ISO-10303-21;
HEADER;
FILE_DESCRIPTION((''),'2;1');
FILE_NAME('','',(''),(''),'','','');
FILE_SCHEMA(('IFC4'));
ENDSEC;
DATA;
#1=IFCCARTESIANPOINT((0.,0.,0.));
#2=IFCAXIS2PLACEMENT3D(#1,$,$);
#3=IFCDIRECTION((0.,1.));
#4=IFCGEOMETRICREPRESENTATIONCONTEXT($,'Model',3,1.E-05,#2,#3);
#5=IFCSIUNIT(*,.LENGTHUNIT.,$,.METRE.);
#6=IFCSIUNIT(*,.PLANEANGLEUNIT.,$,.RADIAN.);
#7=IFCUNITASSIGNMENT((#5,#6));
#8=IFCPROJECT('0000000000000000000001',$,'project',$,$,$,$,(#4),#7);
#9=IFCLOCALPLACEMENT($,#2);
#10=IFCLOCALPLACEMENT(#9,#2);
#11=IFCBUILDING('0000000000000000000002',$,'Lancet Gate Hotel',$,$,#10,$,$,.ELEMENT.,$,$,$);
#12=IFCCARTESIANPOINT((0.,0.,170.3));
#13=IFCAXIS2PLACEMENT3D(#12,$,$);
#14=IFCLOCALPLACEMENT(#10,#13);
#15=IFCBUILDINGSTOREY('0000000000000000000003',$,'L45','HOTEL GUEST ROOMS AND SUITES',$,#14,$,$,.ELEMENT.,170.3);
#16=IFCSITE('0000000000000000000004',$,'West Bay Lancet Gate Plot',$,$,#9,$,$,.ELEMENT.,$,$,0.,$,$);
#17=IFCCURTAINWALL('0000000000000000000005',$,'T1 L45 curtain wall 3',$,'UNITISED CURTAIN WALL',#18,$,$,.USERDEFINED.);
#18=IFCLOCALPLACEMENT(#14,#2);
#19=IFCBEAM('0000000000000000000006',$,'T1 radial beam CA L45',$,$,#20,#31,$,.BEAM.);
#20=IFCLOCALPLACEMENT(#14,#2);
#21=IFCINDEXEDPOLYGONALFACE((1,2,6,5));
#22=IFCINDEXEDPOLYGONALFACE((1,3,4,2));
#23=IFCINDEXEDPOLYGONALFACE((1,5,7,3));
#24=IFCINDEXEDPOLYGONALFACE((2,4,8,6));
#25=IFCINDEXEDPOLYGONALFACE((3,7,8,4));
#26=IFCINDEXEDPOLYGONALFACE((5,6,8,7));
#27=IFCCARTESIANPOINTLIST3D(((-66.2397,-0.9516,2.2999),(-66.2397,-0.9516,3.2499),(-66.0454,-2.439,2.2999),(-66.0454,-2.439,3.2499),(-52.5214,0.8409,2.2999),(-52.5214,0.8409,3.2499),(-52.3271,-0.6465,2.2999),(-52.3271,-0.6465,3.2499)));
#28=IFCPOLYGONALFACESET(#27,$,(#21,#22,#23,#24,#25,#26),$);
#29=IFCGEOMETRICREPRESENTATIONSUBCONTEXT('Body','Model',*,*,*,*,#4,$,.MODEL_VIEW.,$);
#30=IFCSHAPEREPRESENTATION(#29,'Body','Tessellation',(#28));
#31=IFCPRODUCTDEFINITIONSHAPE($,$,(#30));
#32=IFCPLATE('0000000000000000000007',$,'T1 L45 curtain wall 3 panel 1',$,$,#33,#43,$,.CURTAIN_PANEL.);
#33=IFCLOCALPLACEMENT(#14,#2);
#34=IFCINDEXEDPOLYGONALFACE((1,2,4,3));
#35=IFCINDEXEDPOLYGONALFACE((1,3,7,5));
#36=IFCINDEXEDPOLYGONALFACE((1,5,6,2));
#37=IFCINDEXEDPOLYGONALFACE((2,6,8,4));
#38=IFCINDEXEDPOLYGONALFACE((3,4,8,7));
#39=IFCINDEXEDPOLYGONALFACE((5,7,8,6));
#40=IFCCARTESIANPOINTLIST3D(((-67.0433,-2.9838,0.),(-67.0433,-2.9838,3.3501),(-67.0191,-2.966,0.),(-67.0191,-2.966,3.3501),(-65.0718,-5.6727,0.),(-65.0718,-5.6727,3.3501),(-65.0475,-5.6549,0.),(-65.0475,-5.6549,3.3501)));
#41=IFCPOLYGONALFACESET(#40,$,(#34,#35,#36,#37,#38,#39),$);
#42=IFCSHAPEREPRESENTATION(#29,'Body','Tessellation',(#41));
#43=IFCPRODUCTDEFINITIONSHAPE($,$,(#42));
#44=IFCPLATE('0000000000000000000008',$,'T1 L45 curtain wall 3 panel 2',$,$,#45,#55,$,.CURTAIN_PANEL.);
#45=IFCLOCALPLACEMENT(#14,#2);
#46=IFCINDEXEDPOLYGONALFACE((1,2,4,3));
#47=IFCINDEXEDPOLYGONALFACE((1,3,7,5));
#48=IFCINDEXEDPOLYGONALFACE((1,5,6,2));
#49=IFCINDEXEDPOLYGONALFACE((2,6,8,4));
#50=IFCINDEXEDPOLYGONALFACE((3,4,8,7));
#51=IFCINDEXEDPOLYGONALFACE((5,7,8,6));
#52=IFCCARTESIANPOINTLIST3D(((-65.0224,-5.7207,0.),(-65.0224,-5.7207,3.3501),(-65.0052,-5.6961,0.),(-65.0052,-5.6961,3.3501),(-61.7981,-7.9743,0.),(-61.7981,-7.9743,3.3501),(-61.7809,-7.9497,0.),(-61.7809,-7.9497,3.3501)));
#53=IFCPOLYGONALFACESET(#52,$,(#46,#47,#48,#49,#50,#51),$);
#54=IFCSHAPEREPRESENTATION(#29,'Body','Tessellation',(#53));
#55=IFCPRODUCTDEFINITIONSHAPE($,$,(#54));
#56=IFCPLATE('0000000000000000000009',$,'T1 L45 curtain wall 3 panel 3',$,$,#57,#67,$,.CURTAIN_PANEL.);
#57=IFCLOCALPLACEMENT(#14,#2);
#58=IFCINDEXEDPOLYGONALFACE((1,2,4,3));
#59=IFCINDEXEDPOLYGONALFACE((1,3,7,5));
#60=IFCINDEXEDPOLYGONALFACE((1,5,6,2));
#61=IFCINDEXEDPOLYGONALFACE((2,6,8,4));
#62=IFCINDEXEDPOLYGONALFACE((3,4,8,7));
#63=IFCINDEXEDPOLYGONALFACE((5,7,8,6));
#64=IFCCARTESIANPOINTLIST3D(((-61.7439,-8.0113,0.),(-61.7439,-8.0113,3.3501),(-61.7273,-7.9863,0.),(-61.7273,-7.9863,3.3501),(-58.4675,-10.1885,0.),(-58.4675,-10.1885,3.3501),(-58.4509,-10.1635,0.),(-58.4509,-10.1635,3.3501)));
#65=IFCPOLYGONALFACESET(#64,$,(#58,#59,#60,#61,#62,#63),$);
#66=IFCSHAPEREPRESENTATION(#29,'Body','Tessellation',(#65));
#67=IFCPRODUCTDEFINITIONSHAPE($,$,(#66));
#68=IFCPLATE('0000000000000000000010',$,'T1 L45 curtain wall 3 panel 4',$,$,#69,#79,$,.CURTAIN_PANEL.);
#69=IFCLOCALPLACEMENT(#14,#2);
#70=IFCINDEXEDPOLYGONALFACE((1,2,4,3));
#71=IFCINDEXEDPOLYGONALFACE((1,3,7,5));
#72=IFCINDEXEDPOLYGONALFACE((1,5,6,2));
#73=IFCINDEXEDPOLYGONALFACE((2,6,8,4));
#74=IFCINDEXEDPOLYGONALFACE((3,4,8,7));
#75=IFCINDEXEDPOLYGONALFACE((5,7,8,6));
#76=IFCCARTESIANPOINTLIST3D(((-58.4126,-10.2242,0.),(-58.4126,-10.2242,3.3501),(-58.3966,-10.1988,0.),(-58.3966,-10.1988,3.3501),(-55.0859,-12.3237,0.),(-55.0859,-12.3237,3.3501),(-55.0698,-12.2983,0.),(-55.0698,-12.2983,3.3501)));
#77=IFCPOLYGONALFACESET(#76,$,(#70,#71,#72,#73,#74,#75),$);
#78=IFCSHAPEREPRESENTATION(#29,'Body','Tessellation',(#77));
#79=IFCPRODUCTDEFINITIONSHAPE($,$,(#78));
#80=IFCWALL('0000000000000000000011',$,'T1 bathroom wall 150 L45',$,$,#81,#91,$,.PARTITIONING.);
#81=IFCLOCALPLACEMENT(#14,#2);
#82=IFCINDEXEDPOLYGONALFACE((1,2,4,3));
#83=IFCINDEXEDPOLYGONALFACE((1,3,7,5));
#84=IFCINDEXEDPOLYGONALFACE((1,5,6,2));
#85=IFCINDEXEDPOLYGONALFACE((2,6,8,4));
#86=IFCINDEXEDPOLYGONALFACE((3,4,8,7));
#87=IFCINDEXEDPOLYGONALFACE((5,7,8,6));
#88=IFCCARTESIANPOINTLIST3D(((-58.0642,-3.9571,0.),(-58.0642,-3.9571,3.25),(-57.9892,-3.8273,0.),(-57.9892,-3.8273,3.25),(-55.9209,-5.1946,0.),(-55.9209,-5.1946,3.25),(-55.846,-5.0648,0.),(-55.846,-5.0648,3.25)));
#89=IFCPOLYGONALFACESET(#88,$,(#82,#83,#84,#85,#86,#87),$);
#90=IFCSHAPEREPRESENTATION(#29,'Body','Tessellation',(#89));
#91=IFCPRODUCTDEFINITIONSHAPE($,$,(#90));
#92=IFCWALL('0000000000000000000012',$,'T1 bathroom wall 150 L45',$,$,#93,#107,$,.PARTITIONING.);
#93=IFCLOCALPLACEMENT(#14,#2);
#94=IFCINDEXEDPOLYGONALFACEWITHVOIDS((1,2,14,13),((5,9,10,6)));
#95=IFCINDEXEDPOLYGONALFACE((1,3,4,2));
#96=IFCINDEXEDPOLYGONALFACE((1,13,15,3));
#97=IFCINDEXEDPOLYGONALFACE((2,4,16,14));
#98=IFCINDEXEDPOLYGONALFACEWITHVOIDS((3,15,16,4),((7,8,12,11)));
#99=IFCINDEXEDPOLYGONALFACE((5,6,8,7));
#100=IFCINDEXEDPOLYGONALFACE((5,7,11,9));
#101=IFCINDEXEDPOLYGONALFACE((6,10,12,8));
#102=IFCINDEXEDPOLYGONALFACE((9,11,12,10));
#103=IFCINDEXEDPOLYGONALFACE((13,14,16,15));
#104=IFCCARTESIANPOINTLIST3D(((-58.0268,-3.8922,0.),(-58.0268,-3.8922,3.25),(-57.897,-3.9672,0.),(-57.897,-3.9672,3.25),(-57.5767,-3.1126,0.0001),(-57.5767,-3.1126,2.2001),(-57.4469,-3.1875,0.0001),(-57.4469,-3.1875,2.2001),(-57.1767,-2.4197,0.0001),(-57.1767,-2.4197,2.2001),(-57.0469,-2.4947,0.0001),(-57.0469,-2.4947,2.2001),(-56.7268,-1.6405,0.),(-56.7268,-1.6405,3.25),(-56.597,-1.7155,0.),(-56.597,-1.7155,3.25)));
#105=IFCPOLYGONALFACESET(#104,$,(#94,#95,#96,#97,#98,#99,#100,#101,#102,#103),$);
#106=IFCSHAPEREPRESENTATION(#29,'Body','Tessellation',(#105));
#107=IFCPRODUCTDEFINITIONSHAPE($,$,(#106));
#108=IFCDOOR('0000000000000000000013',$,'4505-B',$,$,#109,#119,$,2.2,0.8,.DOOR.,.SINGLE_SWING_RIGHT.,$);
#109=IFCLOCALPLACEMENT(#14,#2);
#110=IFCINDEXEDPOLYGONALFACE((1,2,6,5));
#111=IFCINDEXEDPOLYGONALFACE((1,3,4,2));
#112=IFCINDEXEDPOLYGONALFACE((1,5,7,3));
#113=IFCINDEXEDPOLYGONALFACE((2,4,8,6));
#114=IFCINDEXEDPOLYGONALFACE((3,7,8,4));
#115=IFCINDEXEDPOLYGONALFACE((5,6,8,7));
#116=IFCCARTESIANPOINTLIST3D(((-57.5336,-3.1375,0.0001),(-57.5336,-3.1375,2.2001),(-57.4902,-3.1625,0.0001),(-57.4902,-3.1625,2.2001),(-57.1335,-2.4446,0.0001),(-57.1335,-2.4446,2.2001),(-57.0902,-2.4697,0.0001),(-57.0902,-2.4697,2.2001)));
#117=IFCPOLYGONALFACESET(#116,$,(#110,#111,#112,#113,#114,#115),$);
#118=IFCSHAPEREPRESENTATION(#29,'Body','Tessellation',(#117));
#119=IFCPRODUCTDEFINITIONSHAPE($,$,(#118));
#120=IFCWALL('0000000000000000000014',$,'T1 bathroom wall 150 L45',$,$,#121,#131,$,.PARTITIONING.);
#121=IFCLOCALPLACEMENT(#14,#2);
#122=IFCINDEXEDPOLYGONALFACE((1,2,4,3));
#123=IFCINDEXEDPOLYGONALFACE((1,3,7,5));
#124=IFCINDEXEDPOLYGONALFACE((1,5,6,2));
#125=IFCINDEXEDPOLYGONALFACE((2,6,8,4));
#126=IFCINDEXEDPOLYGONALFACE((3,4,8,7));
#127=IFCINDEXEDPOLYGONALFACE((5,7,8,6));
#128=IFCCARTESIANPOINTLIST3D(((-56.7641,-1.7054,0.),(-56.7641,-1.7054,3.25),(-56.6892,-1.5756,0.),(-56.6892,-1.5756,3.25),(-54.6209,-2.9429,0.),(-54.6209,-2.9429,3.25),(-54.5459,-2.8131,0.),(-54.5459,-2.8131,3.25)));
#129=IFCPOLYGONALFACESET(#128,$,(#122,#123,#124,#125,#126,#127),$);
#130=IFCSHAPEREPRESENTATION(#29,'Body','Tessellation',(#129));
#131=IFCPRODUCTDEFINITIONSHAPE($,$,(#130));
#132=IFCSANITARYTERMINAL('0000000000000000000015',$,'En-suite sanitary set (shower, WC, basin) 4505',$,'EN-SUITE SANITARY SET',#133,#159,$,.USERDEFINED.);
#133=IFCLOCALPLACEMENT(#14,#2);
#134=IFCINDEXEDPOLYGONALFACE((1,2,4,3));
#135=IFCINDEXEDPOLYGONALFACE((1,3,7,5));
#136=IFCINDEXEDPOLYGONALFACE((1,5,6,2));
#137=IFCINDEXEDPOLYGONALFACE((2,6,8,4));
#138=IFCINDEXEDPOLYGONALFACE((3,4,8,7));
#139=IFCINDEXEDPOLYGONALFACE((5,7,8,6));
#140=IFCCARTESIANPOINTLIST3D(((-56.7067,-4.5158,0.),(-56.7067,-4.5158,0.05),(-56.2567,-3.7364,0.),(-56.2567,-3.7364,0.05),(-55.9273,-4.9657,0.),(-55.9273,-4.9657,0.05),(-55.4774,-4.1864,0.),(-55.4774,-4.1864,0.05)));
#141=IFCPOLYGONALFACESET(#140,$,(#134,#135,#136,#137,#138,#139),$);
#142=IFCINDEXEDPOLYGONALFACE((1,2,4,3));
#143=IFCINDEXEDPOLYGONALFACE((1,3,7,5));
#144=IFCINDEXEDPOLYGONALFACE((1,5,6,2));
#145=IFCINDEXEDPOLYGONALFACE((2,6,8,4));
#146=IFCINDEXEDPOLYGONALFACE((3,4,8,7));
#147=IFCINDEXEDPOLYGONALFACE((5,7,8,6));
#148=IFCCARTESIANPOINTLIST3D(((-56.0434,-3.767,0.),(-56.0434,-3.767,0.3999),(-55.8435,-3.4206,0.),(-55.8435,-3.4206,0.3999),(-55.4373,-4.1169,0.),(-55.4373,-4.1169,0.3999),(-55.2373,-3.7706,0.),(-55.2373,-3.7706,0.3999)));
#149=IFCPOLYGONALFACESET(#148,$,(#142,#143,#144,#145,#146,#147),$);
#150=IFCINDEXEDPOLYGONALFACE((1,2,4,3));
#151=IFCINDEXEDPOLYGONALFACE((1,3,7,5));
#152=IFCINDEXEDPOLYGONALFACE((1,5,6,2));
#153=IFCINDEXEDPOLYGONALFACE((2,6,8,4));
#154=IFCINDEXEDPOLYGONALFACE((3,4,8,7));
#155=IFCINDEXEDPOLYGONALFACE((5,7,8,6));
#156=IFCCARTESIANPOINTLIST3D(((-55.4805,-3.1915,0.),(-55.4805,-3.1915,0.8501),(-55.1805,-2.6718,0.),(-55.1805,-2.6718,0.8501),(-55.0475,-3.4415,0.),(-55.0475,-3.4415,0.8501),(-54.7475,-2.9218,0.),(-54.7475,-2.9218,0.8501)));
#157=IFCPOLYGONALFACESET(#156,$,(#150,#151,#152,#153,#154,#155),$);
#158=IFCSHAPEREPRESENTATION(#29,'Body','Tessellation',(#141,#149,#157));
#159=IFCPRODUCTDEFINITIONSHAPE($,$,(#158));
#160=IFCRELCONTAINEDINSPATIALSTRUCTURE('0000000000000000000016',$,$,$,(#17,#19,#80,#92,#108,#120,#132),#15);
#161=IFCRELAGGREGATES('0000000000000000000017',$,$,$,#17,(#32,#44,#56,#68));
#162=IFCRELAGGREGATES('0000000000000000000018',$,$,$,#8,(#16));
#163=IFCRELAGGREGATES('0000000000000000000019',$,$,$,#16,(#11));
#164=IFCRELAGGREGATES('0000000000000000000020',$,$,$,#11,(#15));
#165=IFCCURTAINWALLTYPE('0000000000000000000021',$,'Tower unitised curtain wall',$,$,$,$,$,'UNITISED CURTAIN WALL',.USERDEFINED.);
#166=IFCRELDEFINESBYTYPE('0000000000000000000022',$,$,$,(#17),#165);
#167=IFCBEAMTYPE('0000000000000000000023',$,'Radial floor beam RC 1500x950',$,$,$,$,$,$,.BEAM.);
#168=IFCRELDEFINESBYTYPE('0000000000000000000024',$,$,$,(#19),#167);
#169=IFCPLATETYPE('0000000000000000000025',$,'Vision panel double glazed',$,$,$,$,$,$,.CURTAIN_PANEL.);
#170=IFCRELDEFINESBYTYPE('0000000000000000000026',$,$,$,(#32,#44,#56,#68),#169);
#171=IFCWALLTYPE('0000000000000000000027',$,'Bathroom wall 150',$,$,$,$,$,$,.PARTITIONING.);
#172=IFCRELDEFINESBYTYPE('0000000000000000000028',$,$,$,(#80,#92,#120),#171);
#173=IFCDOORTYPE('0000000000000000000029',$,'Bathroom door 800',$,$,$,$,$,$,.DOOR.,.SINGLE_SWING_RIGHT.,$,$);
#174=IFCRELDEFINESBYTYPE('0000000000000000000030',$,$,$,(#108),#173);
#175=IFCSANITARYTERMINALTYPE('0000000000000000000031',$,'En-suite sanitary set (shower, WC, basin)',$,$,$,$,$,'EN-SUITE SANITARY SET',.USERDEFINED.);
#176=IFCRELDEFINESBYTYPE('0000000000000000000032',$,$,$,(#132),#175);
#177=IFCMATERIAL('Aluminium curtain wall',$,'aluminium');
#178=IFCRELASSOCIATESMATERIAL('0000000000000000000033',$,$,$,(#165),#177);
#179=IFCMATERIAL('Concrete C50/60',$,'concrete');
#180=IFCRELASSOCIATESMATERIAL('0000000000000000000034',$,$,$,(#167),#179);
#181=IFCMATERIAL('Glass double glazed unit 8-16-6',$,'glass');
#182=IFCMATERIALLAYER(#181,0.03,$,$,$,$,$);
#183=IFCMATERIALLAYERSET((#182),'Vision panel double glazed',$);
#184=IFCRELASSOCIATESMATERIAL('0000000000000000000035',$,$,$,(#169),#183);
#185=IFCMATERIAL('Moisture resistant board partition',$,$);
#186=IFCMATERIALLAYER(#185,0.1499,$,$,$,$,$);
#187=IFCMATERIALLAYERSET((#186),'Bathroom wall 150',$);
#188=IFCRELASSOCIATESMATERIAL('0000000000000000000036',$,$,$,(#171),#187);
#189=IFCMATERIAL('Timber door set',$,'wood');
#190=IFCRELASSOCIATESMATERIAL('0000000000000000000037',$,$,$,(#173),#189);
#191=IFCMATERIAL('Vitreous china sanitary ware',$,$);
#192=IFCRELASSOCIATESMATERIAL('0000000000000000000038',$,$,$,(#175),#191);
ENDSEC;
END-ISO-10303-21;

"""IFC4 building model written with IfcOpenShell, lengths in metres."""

from ifc_helpers import new_model, si_unit, direction, frame, frame_2d, origin, origin_2d, place, context, subcontext, project, spatial, rectangle, extrude, material, layer, layer_set, material_profile, profile_set, type_object, element, fill, aggregate, save


model = new_model("IFC4")

# Units and contexts
model_context = context("Model", 3, precision=1e-05, world=origin(), true_north=direction((0.0, 1.0)))
body_context = subcontext(model_context, "Body", "Model", "MODEL_VIEW")
ifc_project = project(units=[si_unit("LENGTHUNIT", "METRE"), si_unit("PLANEANGLEUNIT", "RADIAN")], contexts=[model_context])

# Site, building, storey
site_placement = place(None, origin())
site = spatial("IfcSite", under=ifc_project, at=site_placement, Name="West Bay Lancet Gate Plot", CompositionType="ELEMENT", RefElevation=0.0)
building_placement = place(site_placement, origin())
building = spatial("IfcBuilding", under=site, at=building_placement, Name="Lancet Gate Hotel", CompositionType="ELEMENT")
storey_placement = place(building_placement, frame((0.0, 0.0, 170.3)))
storey = spatial("IfcBuildingStorey", under=building, at=storey_placement, Name="L45", Description="HOTEL GUEST ROOMS AND SUITES", CompositionType="ELEMENT", Elevation=170.3)

# Shared definitions
ifc_material_1 = material(Name="Aluminium curtain wall", Category="aluminium")
curtain_wall_type = type_object("IfcCurtainWallType", Name="Tower unitised curtain wall", ElementType="UNITISED CURTAIN WALL", PredefinedType="USERDEFINED", material=ifc_material_1)

# Curtain wall
curtain_wall_1_placement = place(storey_placement, origin())
curtain_wall_1 = element("IfcCurtainWall", 1, at=curtain_wall_1_placement, inside=storey, type_object=curtain_wall_type, Name="T1 L45 curtain wall 3", ObjectType="UNITISED CURTAIN WALL", PredefinedType="USERDEFINED")

# Beam
ifc_material_2 = material(Name="Concrete C50/60", Category="concrete")
ifc_material_profile_1 = material_profile(ifc_material_2, rectangle(XDim=1.5, YDim=0.95, at=origin_2d()), Name="RC 1500x950")
ifc_profile_set_1 = profile_set([ifc_material_profile_1], Name="Concrete C50/60")
beam_type_1 = type_object("IfcBeamType", Name="Radial floor beam RC 1500x950", PredefinedType="BEAM", material=ifc_profile_set_1)
beam_1_placement = place(storey_placement, frame((-66.1426, -1.6953, 2.7749), z_axis=(0.991571, 0.129562, 0.0), x_axis=(-0.129562, 0.991571, 0.0)))
element("IfcBeam", 2, at=beam_1_placement, inside=storey, type_object=beam_type_1, Name="T1 radial beam CA L45", PredefinedType="BEAM", context=body_context, shape_type="SweptSolid", body=[
    extrude(rectangle(XDim=1.5, YDim=0.95, at=origin_2d()), origin(), (0.0, 0.0, 1.0), 13.835),
])

# Plates
ifc_material_3 = material(Name="Glass double glazed unit 8-16-6", Category="glass")
ifc_layer_1 = layer(ifc_material_3, 0.03)
ifc_layer_set_1 = layer_set([ifc_layer_1], Name="Vision panel double glazed")
plate_type = type_object("IfcPlateType", Name="Vision panel double glazed", PredefinedType="CURTAIN_PANEL", material=ifc_layer_set_1)
plate_1_placement = place(storey_placement, frame((-66.0454, -4.3193, 0.0), z_axis=(0.0, 0.0, 1.0), x_axis=(0.5913, -0.806452, 0.0)))
plate_1 = element("IfcPlate", 3, at=plate_1_placement, type_object=plate_type, Name="T1 L45 curtain wall 3 panel 1", PredefinedType="CURTAIN_PANEL", context=body_context, shape_type="SweptSolid", body=[
    extrude(rectangle(XDim=3.3342, YDim=0.03, at=origin_2d()), origin(), (0.0, 0.0, 1.0), 3.3501),
])
plate_2_placement = place(storey_placement, frame((-63.4016, -6.8352, 0.0), z_axis=(0.0, 0.0, 1.0), x_axis=(0.819631, -0.572892, 0.0)))
plate_2 = element("IfcPlate", 4, at=plate_2_placement, type_object=plate_type, Name="T1 L45 curtain wall 3 panel 2", PredefinedType="CURTAIN_PANEL", context=body_context, shape_type="SweptSolid", body=[
    extrude(rectangle(XDim=3.9338, YDim=0.03, at=origin_2d()), origin(), (0.0, 0.0, 1.0), 3.3501),
])
plate_3_placement = place(storey_placement, frame((-60.0974, -9.0874, 0.0), z_axis=(0.0, 0.0, 1.0), x_axis=(0.832879, -0.553455, 0.0)))
plate_3 = element("IfcPlate", 5, at=plate_3_placement, type_object=plate_type, Name="T1 L45 curtain wall 3 panel 3", PredefinedType="CURTAIN_PANEL", context=body_context, shape_type="SweptSolid", body=[
    extrude(rectangle(XDim=3.9338, YDim=0.03, at=origin_2d()), origin(), (0.0, 0.0, 1.0), 3.3501),
])
plate_4_placement = place(storey_placement, frame((-56.7412, -11.2612, 0.0), z_axis=(0.0, 0.0, 1.0), x_axis=(0.845667, -0.533711, 0.0)))
plate_4 = element("IfcPlate", 6, at=plate_4_placement, type_object=plate_type, Name="T1 L45 curtain wall 3 panel 4", PredefinedType="CURTAIN_PANEL", context=body_context, shape_type="SweptSolid", body=[
    extrude(rectangle(XDim=3.9338, YDim=0.03, at=origin_2d()), origin(), (0.0, 0.0, 1.0), 3.3501),
])
aggregate(curtain_wall_1, [plate_1, plate_2, plate_3, plate_4])

# Wall
ifc_material_4 = material(Name="Moisture resistant board partition")
ifc_layer_2 = layer(ifc_material_4, 0.1499)
ifc_layer_set_2 = layer_set([ifc_layer_2], Name="Bathroom wall 150")
wall_type = type_object("IfcWallType", Name="Bathroom wall 150", PredefinedType="PARTITIONING", material=ifc_layer_set_2)
wall_1_placement = place(storey_placement, frame((-55.8835, -5.1296, 0.0), z_axis=(0.0, 0.0, 1.0), x_axis=(-0.866007, 0.500033, 0.0)))
element("IfcWall", 7, at=wall_1_placement, inside=storey, type_object=wall_type, Name="T1 bathroom wall 150 L45", PredefinedType="PARTITIONING", context=body_context, shape_type="SweptSolid", body=[
    extrude(rectangle(XDim=2.4749, YDim=0.1499, at=frame_2d((1.2373, 0.0))), origin(), (0.0, 0.0, 1.0), 3.25),
])

# Wall, opening, door
wall_2_placement = place(storey_placement, frame((-56.6619, -1.678, 0.0), z_axis=(0.0, 0.0, 1.0), x_axis=(-0.500007, -0.866021, 0.0)))
wall_2 = element("IfcWall", 8, at=wall_2_placement, inside=storey, type_object=wall_type, Name="T1 bathroom wall 150 L45", PredefinedType="PARTITIONING", context=body_context, shape_type="SweptSolid", body=[
    extrude(rectangle(XDim=2.6001, YDim=0.1499, at=frame_2d((1.3, 0.0))), origin(), (0.0, 0.0, 1.0), 3.25),
])
opening_placement = place(wall_2_placement, frame((0.8999, 0.0, 0.0)))
opening = element("IfcOpeningElement", 9, at=opening_placement, cuts=wall_2, PredefinedType="OPENING", context=body_context, shape_type="SweptSolid", body=[
    extrude(rectangle(XDim=0.8, YDim=2.2, at=frame_2d((0.3999, 1.1001))), frame((0.0, 0.085, 0.0), z_axis=(0.0, -1.0, 0.0), x_axis=(1.0, 0.0, 0.0)), (0.0, 0.0, 1.0), 0.1699),
])
ifc_material_5 = material(Name="Timber door set", Category="wood")
door_type = type_object("IfcDoorType", Name="Bathroom door 800", OperationType="SINGLE_SWING_RIGHT", PredefinedType="DOOR", material=ifc_material_5)
door_placement = place(opening_placement, origin())
door = element("IfcDoor", 10, at=door_placement, inside=storey, type_object=door_type, Name="4505-B", OperationType="SINGLE_SWING_RIGHT", OverallHeight=2.2, OverallWidth=0.8, PredefinedType="DOOR", context=body_context, shape_type="SweptSolid", body=[
    extrude(rectangle(XDim=0.8, YDim=2.2, at=frame_2d((0.3999, 1.1001))), frame((0.0, 0.0249, 0.0), z_axis=(0.0, -1.0, 0.0), x_axis=(1.0, 0.0, 0.0)), (0.0, 0.0, 1.0), 0.05),
])
fill(opening, door)

# Wall
wall_3_placement = place(storey_placement, frame((-54.5835, -2.8779, 0.0), z_axis=(0.0, 0.0, 1.0), x_axis=(-0.866007, 0.500033, 0.0)))
element("IfcWall", 11, at=wall_3_placement, inside=storey, type_object=wall_type, Name="T1 bathroom wall 150 L45", PredefinedType="PARTITIONING", context=body_context, shape_type="SweptSolid", body=[
    extrude(rectangle(XDim=2.4749, YDim=0.1499, at=frame_2d((1.2373, 0.0))), origin(), (0.0, 0.0, 1.0), 3.25),
])

# Sanitary terminal
ifc_material_6 = material(Name="Vitreous china sanitary ware")
sanitary_terminal_type = type_object("IfcSanitaryTerminalType", Name="En-suite sanitary set (shower, WC, basin)", ElementType="EN-SUITE SANITARY SET", PredefinedType="USERDEFINED", material=ifc_material_6)
sanitary_terminal_placement = place(storey_placement, frame((-56.092, -4.3511, 0.0), z_axis=(0.0, 0.0, 1.0), x_axis=(1.0, 0.0, 0.0)))
element("IfcSanitaryTerminal", 12, at=sanitary_terminal_placement, inside=storey, type_object=sanitary_terminal_type, Name="En-suite sanitary set (shower, WC, basin) 4505", ObjectType="EN-SUITE SANITARY SET", PredefinedType="USERDEFINED", context=body_context, shape_type="SweptSolid", body=[
    extrude(rectangle(XDim=0.8999, YDim=0.8999, at=origin_2d()), frame((0.0, 0.0, 0.0), z_axis=(0.0, 0.0, 1.0), x_axis=(-0.5, -0.866025, 0.0)), (0.0, 0.0, 1.0), 0.05),
    extrude(rectangle(XDim=0.3999, YDim=0.7, at=origin_2d()), frame((0.4517, 0.5823, 0.0), z_axis=(0.0, 0.0, 1.0), x_axis=(-0.5, -0.866025, 0.0)), (0.0, 0.0, 1.0), 0.3999),
    extrude(rectangle(XDim=0.6001, YDim=0.5, at=origin_2d()), frame((0.978, 1.2944, 0.0), z_axis=(0.0, 0.0, 1.0), x_axis=(-0.5, -0.866025, 0.0)), (0.0, 0.0, 1.0), 0.8501),
])

save(model, "model.ifc")
